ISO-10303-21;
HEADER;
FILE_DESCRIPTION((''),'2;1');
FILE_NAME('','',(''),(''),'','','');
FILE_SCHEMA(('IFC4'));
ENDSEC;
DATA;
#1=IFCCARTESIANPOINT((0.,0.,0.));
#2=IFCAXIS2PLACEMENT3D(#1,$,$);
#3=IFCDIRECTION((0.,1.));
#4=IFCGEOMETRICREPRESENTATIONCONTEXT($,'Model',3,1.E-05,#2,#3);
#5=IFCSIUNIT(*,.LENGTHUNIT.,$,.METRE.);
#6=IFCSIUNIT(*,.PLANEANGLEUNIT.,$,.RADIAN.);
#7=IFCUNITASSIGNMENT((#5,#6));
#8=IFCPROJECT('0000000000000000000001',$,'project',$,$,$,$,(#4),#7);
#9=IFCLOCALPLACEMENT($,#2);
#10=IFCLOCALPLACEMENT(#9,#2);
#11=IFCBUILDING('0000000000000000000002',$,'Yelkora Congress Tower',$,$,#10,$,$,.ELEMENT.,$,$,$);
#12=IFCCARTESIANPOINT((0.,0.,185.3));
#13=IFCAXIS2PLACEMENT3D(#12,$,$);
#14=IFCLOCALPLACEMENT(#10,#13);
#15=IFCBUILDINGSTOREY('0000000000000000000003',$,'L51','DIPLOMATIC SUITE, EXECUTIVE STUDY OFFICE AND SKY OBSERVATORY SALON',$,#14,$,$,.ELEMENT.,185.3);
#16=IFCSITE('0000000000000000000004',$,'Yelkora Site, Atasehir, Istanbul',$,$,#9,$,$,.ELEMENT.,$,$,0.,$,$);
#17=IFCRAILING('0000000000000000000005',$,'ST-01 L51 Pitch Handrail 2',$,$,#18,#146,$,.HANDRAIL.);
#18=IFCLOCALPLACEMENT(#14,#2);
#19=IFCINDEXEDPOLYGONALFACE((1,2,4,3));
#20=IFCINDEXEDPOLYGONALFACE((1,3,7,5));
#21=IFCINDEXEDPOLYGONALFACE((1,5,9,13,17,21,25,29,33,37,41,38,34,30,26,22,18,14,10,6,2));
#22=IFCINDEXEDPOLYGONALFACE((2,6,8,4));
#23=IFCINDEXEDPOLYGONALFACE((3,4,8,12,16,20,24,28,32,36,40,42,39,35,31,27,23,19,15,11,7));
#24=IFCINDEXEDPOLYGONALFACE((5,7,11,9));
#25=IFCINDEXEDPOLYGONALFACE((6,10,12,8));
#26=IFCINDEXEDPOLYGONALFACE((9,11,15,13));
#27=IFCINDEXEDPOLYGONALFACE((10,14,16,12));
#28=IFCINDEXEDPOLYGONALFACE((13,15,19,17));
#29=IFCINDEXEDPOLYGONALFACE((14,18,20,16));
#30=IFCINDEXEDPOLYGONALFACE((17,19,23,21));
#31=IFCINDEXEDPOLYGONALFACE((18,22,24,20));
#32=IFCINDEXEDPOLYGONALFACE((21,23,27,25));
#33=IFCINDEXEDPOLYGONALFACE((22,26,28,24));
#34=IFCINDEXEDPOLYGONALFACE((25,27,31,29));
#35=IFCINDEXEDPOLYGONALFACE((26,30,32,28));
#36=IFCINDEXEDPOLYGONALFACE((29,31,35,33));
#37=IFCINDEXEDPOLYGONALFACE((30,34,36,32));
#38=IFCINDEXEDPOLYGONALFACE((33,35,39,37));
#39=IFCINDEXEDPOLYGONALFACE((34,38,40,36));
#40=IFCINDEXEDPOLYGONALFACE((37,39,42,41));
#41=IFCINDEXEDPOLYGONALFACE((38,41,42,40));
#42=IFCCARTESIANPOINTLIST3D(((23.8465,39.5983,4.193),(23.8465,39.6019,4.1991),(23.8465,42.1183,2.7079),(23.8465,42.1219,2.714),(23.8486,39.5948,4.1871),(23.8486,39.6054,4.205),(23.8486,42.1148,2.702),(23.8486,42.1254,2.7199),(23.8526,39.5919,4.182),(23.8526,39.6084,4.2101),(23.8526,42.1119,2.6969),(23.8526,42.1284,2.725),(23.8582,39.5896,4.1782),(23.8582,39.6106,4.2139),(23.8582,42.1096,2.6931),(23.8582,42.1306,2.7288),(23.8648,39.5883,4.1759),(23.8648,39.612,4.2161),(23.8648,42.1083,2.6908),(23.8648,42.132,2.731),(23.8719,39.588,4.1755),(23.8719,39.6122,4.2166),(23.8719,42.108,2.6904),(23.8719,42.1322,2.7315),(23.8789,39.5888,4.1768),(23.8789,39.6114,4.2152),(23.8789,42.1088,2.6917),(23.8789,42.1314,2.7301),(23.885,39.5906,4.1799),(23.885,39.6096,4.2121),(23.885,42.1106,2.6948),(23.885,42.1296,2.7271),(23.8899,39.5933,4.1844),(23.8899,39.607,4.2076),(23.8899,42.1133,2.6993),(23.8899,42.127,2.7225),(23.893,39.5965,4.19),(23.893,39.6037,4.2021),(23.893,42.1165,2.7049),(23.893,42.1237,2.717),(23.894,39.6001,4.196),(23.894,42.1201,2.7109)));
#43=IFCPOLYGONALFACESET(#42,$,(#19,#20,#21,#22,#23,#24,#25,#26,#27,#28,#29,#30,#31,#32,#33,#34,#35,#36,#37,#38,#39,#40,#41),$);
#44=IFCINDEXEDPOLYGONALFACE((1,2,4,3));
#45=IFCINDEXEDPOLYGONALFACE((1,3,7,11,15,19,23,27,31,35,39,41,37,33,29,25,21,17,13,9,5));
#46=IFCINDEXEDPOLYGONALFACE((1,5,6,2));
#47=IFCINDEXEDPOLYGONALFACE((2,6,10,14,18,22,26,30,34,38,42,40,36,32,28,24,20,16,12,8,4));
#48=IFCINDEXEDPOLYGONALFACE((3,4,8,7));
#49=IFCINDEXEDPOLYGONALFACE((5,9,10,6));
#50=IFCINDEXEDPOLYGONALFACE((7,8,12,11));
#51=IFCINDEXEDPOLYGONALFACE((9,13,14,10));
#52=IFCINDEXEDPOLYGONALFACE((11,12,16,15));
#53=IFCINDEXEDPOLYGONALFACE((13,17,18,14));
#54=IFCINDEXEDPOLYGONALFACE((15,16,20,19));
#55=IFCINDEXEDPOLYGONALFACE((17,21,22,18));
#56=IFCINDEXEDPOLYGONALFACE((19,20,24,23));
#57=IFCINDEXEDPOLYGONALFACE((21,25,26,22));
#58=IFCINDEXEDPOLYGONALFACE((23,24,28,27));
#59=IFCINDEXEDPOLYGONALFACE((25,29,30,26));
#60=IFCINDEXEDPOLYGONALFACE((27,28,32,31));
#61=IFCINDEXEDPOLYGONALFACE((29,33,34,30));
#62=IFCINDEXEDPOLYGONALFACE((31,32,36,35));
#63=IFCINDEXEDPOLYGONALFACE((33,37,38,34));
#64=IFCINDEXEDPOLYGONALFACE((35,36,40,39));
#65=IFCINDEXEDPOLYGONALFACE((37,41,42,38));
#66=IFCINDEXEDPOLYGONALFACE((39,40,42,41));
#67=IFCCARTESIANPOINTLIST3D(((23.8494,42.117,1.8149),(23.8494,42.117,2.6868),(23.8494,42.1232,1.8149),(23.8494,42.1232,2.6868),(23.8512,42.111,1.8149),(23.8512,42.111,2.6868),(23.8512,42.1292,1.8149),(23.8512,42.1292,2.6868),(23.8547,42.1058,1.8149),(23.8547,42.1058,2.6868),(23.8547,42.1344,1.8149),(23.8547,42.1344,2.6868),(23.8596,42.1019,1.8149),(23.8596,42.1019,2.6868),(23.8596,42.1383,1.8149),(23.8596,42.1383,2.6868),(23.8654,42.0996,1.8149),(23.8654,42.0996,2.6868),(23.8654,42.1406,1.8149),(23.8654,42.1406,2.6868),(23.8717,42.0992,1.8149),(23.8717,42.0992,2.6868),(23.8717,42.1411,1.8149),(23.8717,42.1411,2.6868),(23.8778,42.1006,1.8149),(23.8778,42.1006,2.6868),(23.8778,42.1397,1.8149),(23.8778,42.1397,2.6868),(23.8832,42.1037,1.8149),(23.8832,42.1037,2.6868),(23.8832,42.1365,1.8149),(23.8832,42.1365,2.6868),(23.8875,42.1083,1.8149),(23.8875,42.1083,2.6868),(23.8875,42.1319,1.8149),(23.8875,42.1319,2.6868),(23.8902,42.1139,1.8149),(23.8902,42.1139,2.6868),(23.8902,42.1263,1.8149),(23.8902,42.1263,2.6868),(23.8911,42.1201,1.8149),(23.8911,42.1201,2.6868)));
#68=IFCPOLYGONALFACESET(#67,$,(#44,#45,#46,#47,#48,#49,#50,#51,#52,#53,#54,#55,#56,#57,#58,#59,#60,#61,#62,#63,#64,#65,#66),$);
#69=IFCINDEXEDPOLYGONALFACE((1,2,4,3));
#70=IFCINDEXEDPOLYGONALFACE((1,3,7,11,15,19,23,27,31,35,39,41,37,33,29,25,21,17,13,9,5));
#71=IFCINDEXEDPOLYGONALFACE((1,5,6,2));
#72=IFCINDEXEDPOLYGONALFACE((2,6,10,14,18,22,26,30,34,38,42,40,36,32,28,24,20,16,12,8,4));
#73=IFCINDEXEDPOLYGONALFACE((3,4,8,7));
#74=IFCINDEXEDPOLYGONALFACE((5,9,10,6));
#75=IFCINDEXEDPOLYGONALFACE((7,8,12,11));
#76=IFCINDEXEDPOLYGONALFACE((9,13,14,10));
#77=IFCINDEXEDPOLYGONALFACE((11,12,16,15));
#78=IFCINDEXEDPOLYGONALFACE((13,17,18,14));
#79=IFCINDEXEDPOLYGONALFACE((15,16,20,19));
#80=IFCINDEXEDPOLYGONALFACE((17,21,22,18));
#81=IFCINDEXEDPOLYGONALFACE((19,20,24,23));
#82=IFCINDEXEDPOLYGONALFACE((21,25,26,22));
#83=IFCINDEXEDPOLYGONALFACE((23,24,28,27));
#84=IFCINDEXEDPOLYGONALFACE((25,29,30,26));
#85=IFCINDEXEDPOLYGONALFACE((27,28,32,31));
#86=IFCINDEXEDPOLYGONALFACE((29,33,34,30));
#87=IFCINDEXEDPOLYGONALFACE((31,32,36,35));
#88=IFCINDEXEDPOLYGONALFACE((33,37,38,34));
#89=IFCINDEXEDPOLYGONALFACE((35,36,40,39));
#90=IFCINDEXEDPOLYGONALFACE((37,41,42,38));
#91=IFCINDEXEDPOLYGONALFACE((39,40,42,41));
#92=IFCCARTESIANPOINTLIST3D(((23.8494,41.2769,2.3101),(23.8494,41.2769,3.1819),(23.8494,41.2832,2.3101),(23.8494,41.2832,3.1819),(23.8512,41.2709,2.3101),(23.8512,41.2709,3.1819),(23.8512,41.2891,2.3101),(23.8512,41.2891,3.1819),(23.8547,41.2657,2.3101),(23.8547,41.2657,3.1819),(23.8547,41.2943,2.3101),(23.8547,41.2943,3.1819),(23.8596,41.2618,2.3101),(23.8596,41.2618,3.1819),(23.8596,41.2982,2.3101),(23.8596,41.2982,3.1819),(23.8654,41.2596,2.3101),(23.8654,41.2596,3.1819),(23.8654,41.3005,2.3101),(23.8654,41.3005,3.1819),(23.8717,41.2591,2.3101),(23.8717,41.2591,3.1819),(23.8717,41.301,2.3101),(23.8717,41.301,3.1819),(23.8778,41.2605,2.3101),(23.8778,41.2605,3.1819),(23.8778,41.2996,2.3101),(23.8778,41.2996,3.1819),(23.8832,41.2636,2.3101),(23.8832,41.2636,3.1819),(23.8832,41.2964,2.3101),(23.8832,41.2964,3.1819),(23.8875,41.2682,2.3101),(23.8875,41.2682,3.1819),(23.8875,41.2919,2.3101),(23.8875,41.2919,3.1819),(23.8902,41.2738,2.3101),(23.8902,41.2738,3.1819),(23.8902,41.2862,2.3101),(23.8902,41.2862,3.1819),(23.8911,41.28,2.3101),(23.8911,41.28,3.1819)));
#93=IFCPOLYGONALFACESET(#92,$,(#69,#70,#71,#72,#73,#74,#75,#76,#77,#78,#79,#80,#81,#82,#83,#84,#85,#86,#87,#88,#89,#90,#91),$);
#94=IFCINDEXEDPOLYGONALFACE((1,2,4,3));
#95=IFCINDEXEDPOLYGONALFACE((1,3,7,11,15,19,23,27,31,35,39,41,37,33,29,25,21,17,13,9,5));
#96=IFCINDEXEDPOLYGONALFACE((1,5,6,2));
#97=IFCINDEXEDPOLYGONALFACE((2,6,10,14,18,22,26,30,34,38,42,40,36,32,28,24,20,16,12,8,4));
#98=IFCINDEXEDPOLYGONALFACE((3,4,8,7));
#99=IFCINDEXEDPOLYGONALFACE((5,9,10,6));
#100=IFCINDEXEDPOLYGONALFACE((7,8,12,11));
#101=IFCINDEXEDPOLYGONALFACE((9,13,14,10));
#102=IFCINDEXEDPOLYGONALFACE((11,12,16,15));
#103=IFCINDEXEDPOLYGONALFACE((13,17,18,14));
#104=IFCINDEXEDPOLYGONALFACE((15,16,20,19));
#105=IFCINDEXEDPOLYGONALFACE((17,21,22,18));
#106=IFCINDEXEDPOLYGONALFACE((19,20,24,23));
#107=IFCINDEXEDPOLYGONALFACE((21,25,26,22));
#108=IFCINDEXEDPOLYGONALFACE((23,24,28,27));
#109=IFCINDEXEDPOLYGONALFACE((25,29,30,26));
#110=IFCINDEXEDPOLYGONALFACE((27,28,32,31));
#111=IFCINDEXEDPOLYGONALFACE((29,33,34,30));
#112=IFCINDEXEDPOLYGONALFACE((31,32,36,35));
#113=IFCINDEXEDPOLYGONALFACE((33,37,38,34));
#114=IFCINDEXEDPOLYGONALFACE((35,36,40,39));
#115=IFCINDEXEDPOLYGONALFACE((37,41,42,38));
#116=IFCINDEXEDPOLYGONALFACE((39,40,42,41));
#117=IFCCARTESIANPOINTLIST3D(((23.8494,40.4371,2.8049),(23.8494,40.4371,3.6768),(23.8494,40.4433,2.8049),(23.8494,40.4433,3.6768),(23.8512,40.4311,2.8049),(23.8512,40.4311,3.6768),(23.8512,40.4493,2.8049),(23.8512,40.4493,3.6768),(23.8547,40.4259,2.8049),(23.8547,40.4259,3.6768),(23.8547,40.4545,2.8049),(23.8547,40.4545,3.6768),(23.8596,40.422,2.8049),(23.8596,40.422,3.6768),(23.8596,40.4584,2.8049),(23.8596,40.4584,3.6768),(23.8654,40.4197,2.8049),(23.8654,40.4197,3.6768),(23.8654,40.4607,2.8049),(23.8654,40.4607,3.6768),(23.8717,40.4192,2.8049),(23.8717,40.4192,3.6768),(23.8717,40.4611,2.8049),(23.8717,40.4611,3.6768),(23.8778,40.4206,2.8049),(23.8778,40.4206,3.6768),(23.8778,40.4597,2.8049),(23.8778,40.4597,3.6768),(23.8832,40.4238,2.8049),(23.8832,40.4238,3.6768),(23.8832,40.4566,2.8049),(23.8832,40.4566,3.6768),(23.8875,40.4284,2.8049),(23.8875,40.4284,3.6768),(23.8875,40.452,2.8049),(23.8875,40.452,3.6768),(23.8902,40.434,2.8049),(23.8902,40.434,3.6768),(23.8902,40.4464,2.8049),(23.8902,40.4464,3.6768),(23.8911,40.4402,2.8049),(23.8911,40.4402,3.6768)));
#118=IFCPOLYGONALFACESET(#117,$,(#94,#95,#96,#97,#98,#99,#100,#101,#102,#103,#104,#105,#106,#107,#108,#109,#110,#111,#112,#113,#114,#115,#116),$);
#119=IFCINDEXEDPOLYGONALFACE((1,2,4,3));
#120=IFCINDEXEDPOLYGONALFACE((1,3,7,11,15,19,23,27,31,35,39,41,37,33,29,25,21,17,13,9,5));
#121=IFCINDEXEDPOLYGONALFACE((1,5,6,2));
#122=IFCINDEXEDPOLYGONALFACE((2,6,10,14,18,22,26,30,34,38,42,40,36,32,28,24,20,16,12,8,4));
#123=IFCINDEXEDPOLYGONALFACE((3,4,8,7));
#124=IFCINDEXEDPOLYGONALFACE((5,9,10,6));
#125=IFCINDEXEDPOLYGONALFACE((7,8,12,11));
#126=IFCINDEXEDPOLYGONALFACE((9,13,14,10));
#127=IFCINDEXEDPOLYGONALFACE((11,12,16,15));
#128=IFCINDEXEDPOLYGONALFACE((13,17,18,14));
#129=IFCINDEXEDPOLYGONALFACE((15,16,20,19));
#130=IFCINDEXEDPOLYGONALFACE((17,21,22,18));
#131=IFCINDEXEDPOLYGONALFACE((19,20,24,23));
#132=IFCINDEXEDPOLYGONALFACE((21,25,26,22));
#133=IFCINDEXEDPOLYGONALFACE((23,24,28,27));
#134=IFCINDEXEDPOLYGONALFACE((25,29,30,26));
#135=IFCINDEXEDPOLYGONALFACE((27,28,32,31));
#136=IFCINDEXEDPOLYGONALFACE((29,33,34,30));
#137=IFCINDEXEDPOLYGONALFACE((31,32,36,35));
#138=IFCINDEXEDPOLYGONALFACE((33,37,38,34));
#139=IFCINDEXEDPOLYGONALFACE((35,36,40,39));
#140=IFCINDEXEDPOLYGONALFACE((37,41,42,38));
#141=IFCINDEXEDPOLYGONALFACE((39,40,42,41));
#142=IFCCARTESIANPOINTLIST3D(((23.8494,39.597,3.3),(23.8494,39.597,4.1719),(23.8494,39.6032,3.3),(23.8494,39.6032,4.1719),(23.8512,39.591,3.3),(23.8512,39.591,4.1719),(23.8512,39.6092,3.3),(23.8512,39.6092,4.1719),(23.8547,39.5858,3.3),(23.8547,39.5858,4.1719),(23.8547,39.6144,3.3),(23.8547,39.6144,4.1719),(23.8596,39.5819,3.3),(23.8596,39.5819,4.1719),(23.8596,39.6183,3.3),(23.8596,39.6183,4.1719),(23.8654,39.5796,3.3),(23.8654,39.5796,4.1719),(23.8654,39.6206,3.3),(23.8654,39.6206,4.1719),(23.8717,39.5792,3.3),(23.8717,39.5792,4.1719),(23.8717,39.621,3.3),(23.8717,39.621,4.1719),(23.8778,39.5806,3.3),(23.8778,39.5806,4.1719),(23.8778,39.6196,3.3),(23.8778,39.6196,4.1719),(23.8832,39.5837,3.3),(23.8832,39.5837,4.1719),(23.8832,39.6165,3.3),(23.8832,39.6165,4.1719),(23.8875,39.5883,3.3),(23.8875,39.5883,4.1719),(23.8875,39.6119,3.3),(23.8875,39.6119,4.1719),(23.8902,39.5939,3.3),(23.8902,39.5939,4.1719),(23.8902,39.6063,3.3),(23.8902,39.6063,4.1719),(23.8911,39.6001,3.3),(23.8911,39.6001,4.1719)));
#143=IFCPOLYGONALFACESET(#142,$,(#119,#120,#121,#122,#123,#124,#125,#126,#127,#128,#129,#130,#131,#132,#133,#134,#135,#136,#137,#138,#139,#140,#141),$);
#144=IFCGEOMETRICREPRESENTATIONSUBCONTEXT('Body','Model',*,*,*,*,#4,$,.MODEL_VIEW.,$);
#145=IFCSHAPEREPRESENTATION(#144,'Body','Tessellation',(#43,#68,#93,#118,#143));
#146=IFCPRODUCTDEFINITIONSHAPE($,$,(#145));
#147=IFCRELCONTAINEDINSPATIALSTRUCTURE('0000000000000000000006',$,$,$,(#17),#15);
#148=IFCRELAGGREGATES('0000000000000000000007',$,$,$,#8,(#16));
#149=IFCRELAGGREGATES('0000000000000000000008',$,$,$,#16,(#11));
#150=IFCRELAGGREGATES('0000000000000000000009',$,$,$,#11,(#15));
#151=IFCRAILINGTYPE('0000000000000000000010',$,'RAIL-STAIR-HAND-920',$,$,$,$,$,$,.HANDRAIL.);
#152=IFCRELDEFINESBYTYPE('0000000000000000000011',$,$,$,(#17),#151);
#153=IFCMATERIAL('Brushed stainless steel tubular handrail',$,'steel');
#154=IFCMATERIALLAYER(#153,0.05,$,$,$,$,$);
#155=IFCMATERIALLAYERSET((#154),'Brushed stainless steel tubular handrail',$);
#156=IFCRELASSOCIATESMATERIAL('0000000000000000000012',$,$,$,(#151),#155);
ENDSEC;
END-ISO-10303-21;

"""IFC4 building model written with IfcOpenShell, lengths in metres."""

from ifc_helpers import new_model, si_unit, direction, frame, origin, origin_2d, place, context, subcontext, project, spatial, circle, extrude, material, layer, layer_set, type_object, element, save


model = new_model("IFC4")

# Units and contexts
model_context = context("Model", 3, precision=1e-05, world=origin(), true_north=direction((0.0, 1.0)))
body_context = subcontext(model_context, "Body", "Model", "MODEL_VIEW")
ifc_project = project(units=[si_unit("LENGTHUNIT", "METRE"), si_unit("PLANEANGLEUNIT", "RADIAN")], contexts=[model_context])

# Site, building, storey
site_placement = place(None, origin())
site = spatial("IfcSite", under=ifc_project, at=site_placement, Name="Yelkora Site, Atasehir, Istanbul", CompositionType="ELEMENT", RefElevation=0.0)
building_placement = place(site_placement, origin())
building = spatial("IfcBuilding", under=site, at=building_placement, Name="Yelkora Congress Tower", CompositionType="ELEMENT")
storey_placement = place(building_placement, frame((0.0, 0.0, 185.3)))
storey = spatial("IfcBuildingStorey", under=building, at=storey_placement, Name="L51", Description="DIPLOMATIC SUITE, EXECUTIVE STUDY OFFICE AND SKY OBSERVATORY SALON", CompositionType="ELEMENT", Elevation=185.3)

# Railing
ifc_material_1 = material(Name="Brushed stainless steel tubular handrail", Category="steel")
ifc_layer_1 = layer(ifc_material_1, 0.05)
ifc_layer_set_1 = layer_set([ifc_layer_1], Name="Brushed stainless steel tubular handrail")
railing_type_1 = type_object("IfcRailingType", Name="RAIL-STAIR-HAND-920", PredefinedType="HANDRAIL", material=ifc_layer_set_1)
railing_1_placement = place(storey_placement, frame((23.8701, 42.1201, 1.8149)))
element("IfcRailing", 1, at=railing_1_placement, inside=storey, type_object=railing_type_1, Name="ST-01 L51 Pitch Handrail 2", PredefinedType="HANDRAIL", context=body_context, shape_type="SweptSolid", body=[
    extrude(circle(Radius=0.0239, at=origin_2d()), frame((0.0, 0.0, 0.896), z_axis=(0.0, -0.861524, 0.507717), x_axis=(1.0, 0.0, 0.0)), (0.0, 0.0, 1.0), 2.925),
    extrude(circle(Radius=0.021, at=origin_2d()), origin(), (0.0, 0.0, 1.0), 0.8718),
    extrude(circle(Radius=0.021, at=origin_2d()), frame((0.0, -0.8401, 0.4951)), (0.0, 0.0, 1.0), 0.8718),
    extrude(circle(Radius=0.021, at=origin_2d()), frame((0.0, -1.6799, 0.99)), (0.0, 0.0, 1.0), 0.8718),
    extrude(circle(Radius=0.021, at=origin_2d()), frame((0.0, -2.52, 1.4851)), (0.0, 0.0, 1.0), 0.8718),
])

save(model, "model.ifc")
